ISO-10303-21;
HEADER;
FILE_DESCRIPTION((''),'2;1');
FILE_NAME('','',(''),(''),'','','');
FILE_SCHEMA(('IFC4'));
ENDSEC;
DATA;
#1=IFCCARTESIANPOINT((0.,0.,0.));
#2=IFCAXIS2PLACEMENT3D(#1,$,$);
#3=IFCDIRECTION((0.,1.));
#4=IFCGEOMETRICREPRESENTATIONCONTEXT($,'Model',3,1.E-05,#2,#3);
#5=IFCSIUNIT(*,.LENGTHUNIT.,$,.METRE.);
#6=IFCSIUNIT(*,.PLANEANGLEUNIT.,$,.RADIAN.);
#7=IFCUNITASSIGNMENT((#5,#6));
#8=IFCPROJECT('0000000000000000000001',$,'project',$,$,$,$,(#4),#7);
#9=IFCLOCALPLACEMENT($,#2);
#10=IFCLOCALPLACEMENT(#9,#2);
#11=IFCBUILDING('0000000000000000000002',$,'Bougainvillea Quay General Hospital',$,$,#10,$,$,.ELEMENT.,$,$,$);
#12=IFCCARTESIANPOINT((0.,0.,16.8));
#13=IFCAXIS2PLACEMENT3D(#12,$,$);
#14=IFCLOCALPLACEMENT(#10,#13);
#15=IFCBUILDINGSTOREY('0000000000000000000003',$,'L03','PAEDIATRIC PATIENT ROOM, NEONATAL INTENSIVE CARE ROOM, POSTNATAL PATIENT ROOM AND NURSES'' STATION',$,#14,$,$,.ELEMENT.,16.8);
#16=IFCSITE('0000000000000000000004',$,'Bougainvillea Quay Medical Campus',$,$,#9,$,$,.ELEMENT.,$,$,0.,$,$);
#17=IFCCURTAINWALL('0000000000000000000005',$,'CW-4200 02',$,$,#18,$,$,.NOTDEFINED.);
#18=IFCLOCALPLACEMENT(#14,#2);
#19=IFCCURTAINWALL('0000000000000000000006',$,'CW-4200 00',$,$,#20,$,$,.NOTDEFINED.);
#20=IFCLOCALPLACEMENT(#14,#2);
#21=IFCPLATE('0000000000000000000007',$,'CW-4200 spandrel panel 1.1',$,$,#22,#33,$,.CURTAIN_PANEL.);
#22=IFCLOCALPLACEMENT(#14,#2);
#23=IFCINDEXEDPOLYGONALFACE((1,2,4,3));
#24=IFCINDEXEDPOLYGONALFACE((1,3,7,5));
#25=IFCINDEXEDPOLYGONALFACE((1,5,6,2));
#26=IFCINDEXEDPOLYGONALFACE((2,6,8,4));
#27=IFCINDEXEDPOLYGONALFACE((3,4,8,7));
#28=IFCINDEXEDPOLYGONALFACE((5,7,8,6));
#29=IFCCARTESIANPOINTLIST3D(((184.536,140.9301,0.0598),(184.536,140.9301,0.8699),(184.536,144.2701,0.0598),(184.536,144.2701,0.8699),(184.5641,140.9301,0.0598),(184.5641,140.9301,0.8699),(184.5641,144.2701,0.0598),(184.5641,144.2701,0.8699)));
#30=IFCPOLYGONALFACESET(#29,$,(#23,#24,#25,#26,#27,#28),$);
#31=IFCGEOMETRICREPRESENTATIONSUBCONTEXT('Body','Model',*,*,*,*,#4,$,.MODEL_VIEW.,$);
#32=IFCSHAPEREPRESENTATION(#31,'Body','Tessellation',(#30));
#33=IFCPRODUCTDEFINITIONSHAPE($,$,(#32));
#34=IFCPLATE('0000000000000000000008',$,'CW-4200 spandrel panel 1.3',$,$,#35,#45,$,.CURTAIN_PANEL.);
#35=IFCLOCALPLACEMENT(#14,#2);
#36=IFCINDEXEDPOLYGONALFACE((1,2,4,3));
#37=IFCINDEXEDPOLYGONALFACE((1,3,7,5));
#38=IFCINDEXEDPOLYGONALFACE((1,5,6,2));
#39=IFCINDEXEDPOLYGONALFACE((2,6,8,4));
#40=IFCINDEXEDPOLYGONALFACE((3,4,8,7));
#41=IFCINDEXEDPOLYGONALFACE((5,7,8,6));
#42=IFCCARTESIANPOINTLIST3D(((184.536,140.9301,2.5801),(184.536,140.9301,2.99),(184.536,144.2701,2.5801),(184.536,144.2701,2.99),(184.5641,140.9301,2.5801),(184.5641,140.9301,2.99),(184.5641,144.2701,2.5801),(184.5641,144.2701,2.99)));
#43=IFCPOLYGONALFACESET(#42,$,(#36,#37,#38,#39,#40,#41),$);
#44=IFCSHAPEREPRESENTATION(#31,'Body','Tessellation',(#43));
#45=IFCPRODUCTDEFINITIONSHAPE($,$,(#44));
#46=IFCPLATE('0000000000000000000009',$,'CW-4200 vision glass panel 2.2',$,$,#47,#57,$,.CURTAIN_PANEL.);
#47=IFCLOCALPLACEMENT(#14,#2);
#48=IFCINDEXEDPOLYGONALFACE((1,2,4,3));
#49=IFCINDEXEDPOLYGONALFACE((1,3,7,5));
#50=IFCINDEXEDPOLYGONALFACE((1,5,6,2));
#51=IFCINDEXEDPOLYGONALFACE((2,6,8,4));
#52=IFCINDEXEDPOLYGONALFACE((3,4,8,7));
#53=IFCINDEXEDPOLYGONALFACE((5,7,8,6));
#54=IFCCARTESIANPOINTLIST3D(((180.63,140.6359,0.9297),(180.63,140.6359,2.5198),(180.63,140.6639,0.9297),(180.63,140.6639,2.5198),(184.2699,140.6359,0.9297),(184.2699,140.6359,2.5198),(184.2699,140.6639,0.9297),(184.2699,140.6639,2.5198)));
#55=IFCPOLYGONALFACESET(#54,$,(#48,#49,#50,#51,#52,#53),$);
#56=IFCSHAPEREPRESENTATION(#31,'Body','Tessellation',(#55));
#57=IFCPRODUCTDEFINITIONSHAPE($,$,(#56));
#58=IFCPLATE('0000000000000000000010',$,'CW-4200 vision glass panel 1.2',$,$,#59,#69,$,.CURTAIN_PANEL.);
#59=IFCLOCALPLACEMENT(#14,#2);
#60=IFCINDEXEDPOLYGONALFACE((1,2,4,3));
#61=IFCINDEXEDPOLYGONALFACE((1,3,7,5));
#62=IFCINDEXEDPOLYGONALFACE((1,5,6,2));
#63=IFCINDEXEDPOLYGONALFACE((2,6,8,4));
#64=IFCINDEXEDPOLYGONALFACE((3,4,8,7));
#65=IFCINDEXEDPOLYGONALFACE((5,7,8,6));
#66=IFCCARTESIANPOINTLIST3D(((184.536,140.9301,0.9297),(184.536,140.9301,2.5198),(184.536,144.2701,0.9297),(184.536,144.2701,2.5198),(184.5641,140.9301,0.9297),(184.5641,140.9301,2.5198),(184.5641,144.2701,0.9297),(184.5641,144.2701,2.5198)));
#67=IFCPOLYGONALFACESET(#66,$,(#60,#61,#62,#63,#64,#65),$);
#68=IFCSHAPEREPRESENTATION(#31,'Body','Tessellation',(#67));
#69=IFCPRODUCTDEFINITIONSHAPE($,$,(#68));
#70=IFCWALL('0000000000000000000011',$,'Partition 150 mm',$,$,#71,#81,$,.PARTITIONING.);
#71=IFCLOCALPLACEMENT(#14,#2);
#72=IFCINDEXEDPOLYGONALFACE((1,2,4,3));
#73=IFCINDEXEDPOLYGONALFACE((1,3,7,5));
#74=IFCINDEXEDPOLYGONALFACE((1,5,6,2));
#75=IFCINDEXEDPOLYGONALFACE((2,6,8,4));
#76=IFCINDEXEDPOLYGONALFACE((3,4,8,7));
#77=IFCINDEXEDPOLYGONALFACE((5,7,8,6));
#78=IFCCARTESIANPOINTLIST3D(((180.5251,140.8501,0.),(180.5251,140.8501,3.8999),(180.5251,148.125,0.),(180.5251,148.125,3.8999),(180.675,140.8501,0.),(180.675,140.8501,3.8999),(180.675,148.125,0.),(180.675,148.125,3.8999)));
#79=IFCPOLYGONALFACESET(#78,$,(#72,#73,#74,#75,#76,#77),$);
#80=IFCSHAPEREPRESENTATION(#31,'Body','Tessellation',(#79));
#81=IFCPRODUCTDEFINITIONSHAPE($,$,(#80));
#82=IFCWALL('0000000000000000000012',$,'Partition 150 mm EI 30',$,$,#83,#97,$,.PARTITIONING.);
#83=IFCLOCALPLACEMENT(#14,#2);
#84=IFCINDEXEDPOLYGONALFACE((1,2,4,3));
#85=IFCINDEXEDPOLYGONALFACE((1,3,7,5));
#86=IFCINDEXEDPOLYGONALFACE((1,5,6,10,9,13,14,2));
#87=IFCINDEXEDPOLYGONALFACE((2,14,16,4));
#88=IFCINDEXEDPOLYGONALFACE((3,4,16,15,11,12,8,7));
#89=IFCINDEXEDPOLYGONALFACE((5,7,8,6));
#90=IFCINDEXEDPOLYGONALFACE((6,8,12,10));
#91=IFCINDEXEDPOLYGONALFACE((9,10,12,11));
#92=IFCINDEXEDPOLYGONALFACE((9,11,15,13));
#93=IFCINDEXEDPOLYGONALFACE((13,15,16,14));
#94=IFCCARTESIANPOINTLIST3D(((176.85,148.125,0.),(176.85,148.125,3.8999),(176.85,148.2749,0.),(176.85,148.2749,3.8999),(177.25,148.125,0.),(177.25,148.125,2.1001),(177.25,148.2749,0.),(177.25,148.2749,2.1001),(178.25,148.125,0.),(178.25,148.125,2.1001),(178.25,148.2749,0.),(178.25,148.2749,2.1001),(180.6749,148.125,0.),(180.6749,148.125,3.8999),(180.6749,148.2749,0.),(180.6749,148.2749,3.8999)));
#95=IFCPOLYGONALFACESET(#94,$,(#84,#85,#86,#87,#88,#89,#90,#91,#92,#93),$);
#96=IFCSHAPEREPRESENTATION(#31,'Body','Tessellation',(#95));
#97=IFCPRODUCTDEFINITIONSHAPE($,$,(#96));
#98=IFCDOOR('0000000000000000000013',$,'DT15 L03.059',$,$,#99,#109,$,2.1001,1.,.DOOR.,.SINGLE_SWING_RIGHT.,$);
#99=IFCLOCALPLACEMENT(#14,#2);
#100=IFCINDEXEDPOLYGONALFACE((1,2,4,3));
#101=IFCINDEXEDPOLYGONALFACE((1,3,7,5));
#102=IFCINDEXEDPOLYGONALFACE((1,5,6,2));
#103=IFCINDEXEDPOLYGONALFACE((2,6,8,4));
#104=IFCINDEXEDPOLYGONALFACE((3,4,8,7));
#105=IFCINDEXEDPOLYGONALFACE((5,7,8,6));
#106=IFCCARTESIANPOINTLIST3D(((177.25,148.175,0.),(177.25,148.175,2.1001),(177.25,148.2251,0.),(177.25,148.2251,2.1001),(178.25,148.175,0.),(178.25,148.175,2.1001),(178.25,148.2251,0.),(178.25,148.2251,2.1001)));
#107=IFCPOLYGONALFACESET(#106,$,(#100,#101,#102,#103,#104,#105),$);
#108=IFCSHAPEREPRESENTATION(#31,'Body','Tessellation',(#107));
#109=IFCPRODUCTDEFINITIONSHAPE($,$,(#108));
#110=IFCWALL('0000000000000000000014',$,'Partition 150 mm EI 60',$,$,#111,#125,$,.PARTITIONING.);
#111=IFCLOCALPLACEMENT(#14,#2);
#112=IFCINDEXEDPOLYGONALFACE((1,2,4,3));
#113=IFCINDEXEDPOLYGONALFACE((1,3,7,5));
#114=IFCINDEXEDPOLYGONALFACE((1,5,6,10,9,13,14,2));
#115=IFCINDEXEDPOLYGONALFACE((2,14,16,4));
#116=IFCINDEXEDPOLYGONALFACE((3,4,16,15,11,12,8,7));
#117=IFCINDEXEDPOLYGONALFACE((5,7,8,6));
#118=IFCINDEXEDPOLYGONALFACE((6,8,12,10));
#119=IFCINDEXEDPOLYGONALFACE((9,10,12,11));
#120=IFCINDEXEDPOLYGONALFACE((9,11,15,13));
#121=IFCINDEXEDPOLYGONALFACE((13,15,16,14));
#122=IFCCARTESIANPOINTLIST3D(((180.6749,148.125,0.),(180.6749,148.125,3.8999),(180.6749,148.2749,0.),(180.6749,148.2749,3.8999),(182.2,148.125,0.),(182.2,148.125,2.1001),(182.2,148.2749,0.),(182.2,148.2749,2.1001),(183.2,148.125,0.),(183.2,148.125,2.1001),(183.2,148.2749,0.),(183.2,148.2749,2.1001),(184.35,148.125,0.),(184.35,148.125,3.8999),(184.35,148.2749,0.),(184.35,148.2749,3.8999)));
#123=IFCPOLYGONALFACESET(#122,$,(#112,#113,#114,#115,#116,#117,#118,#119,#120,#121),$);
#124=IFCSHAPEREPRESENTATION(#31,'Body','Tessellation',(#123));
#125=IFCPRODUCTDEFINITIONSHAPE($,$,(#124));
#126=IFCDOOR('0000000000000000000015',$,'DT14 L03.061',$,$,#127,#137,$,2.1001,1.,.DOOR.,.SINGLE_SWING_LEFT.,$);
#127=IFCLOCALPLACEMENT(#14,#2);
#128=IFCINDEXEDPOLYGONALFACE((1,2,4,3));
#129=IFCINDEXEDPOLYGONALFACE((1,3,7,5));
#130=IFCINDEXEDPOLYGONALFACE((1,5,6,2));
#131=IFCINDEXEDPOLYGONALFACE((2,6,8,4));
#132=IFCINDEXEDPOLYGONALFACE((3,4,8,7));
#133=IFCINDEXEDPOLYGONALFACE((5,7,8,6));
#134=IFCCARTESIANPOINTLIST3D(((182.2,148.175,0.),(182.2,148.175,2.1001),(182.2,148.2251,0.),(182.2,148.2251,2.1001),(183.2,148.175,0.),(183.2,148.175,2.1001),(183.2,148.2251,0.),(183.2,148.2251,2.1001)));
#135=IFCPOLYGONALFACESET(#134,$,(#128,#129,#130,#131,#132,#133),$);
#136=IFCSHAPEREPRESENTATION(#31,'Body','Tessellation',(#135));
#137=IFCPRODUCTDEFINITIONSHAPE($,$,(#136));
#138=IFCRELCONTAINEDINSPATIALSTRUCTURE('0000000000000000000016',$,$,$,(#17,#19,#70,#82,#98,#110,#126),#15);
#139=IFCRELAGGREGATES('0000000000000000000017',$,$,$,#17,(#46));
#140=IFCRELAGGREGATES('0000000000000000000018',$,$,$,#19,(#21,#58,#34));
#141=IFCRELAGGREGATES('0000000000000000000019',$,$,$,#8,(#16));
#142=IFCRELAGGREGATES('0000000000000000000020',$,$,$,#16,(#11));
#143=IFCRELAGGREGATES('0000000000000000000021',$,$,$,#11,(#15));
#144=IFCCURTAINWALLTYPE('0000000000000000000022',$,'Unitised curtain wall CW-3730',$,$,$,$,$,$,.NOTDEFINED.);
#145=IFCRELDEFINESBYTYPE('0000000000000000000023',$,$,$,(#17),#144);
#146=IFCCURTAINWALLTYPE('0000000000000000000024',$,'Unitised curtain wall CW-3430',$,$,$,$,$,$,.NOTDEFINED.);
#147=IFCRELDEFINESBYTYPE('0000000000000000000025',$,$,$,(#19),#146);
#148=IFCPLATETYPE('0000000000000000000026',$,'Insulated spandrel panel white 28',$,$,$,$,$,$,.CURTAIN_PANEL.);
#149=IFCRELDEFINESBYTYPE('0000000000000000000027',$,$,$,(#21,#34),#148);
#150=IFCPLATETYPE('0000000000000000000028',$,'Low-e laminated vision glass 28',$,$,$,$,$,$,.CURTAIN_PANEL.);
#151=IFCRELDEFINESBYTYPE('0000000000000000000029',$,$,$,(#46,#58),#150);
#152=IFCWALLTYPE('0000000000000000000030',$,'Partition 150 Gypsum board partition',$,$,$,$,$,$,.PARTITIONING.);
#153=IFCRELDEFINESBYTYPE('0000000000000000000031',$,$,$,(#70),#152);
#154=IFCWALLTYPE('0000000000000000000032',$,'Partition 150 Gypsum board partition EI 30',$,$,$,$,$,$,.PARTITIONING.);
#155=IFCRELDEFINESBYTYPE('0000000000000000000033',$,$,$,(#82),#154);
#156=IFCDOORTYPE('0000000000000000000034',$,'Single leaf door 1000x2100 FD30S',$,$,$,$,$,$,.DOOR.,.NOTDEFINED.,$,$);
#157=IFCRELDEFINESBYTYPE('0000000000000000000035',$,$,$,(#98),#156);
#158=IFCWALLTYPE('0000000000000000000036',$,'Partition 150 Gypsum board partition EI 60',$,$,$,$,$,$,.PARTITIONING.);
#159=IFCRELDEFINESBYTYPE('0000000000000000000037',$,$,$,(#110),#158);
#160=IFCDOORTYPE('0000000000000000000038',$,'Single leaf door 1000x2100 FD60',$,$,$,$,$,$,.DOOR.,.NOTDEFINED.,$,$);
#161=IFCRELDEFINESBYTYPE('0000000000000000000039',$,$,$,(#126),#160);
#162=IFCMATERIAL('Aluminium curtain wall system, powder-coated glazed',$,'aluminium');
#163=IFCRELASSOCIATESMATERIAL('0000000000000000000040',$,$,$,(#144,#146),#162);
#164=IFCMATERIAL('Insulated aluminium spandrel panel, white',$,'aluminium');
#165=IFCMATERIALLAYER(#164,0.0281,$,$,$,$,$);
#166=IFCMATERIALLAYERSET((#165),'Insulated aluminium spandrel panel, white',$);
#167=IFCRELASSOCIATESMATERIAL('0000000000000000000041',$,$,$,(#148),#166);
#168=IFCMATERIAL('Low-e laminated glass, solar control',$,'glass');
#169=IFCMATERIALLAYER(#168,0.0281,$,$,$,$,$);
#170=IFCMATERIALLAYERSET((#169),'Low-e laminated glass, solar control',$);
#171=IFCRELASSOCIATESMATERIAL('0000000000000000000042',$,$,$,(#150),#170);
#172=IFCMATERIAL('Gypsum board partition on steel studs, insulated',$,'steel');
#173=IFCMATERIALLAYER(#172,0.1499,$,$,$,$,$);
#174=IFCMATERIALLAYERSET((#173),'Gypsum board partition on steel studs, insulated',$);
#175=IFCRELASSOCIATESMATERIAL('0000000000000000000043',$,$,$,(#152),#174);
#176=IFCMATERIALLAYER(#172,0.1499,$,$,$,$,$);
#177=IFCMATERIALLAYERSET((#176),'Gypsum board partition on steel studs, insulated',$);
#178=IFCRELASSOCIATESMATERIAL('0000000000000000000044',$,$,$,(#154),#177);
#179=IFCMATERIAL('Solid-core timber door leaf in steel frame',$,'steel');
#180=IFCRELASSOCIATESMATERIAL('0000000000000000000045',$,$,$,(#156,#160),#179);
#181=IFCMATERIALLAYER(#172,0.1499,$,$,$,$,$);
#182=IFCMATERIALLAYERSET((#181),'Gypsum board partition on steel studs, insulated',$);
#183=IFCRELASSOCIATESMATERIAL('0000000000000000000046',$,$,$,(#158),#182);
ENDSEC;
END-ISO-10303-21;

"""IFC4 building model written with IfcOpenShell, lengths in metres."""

from ifc_helpers import new_model, si_unit, direction, frame, frame_2d, origin, origin_2d, place, context, subcontext, project, spatial, rectangle, extrude, material, layer, layer_set, type_object, element, fill, aggregate, save


model = new_model("IFC4")

# Units and contexts
model_context = context("Model", 3, precision=1e-05, world=origin(), true_north=direction((0.0, 1.0)))
body_context = subcontext(model_context, "Body", "Model", "MODEL_VIEW")
ifc_project = project(units=[si_unit("LENGTHUNIT", "METRE"), si_unit("PLANEANGLEUNIT", "RADIAN")], contexts=[model_context])

# Site, building, storey
site_placement = place(None, origin())
site = spatial("IfcSite", under=ifc_project, at=site_placement, Name="Bougainvillea Quay Medical Campus", CompositionType="ELEMENT", RefElevation=0.0)
building_placement = place(site_placement, origin())
building = spatial("IfcBuilding", under=site, at=building_placement, Name="Bougainvillea Quay General Hospital", CompositionType="ELEMENT")
storey_placement = place(building_placement, frame((0.0, 0.0, 16.8)))
storey = spatial("IfcBuildingStorey", under=building, at=storey_placement, Name="L03", Description="PAEDIATRIC PATIENT ROOM, NEONATAL INTENSIVE CARE ROOM, POSTNATAL PATIENT ROOM AND NURSES' STATION", CompositionType="ELEMENT", Elevation=16.8)

# Curtain walls
ifc_material_1 = material(Name="Aluminium curtain wall system, powder-coated glazed", Category="aluminium")
curtain_wall_type_1 = type_object("IfcCurtainWallType", Name="Unitised curtain wall CW-3730", PredefinedType="NOTDEFINED", material=ifc_material_1)
curtain_wall_1_placement = place(storey_placement, origin())
curtain_wall_1 = element("IfcCurtainWall", 1, at=curtain_wall_1_placement, inside=storey, type_object=curtain_wall_type_1, Name="CW-4200 02", PredefinedType="NOTDEFINED")
curtain_wall_type_2 = type_object("IfcCurtainWallType", Name="Unitised curtain wall CW-3430", PredefinedType="NOTDEFINED", material=ifc_material_1)
curtain_wall_2_placement = place(storey_placement, origin())
curtain_wall_2 = element("IfcCurtainWall", 2, at=curtain_wall_2_placement, inside=storey, type_object=curtain_wall_type_2, Name="CW-4200 00", PredefinedType="NOTDEFINED")

# Plates
ifc_material_2 = material(Name="Insulated aluminium spandrel panel, white", Category="aluminium")
ifc_layer_1 = layer(ifc_material_2, 0.0281)
ifc_layer_set_1 = layer_set([ifc_layer_1], Name="Insulated aluminium spandrel panel, white")
plate_type_1 = type_object("IfcPlateType", Name="Insulated spandrel panel white 28", PredefinedType="CURTAIN_PANEL", material=ifc_layer_set_1)
plate_1_placement = place(storey_placement, frame((184.55, 142.6001, 0.0598), z_axis=(0.0, 0.0, 1.0), x_axis=(0.0, 1.0, 0.0)))
plate_1 = element("IfcPlate", 3, at=plate_1_placement, type_object=plate_type_1, Name="CW-4200 spandrel panel 1.1", PredefinedType="CURTAIN_PANEL", context=body_context, shape_type="SweptSolid", body=[
    extrude(rectangle(XDim=3.3401, YDim=0.0281, at=origin_2d()), origin(), (0.0, 0.0, 1.0), 0.8101),
])
plate_2_placement = place(storey_placement, frame((184.55, 142.6001, 2.5801), z_axis=(0.0, 0.0, 1.0), x_axis=(0.0, 1.0, 0.0)))
plate_2 = element("IfcPlate", 4, at=plate_2_placement, type_object=plate_type_1, Name="CW-4200 spandrel panel 1.3", PredefinedType="CURTAIN_PANEL", context=body_context, shape_type="SweptSolid", body=[
    extrude(rectangle(XDim=3.3401, YDim=0.0281, at=origin_2d()), origin(), (0.0, 0.0, 1.0), 0.4099),
])
ifc_material_3 = material(Name="Low-e laminated glass, solar control", Category="glass")
ifc_layer_2 = layer(ifc_material_3, 0.0281)
ifc_layer_set_2 = layer_set([ifc_layer_2], Name="Low-e laminated glass, solar control")
plate_type_2 = type_object("IfcPlateType", Name="Low-e laminated vision glass 28", PredefinedType="CURTAIN_PANEL", material=ifc_layer_set_2)
plate_3_placement = place(storey_placement, frame((182.45, 140.6499, 0.9297), z_axis=(0.0, 0.0, 1.0), x_axis=(1.0, 0.0, 0.0)))
plate_3 = element("IfcPlate", 5, at=plate_3_placement, type_object=plate_type_2, Name="CW-4200 vision glass panel 2.2", PredefinedType="CURTAIN_PANEL", context=body_context, shape_type="SweptSolid", body=[
    extrude(rectangle(XDim=3.6399, YDim=0.0281, at=origin_2d()), origin(), (0.0, 0.0, 1.0), 1.5901),
])
aggregate(curtain_wall_1, [plate_3])
plate_4_placement = place(storey_placement, frame((184.55, 142.6001, 0.9297), z_axis=(0.0, 0.0, 1.0), x_axis=(0.0, 1.0, 0.0)))
plate_4 = element("IfcPlate", 6, at=plate_4_placement, type_object=plate_type_2, Name="CW-4200 vision glass panel 1.2", PredefinedType="CURTAIN_PANEL", context=body_context, shape_type="SweptSolid", body=[
    extrude(rectangle(XDim=3.3401, YDim=0.0281, at=origin_2d()), origin(), (0.0, 0.0, 1.0), 1.5901),
])
aggregate(curtain_wall_2, [plate_1, plate_4, plate_2])

# Wall
ifc_material_4 = material(Name="Gypsum board partition on steel studs, insulated", Category="steel")
ifc_layer_3 = layer(ifc_material_4, 0.1499)
ifc_layer_set_3 = layer_set([ifc_layer_3], Name="Gypsum board partition on steel studs, insulated")
wall_type_1 = type_object("IfcWallType", Name="Partition 150 Gypsum board partition", PredefinedType="PARTITIONING", material=ifc_layer_set_3)
wall_1_placement = place(storey_placement, frame((180.6001, 140.8501, 0.0), z_axis=(0.0, 0.0, 1.0), x_axis=(0.0, 1.0, 0.0)))
element("IfcWall", 7, at=wall_1_placement, inside=storey, type_object=wall_type_1, Name="Partition 150 mm", PredefinedType="PARTITIONING", context=body_context, shape_type="SweptSolid", body=[
    extrude(rectangle(XDim=7.2749, YDim=0.1499, at=frame_2d((3.6375, 0.0))), origin(), (0.0, 0.0, 1.0), 3.8999),
])

# Walls, openings, doors
ifc_layer_4 = layer(ifc_material_4, 0.1499)
ifc_layer_set_4 = layer_set([ifc_layer_4], Name="Gypsum board partition on steel studs, insulated")
wall_type_2 = type_object("IfcWallType", Name="Partition 150 Gypsum board partition EI 30", PredefinedType="PARTITIONING", material=ifc_layer_set_4)
wall_2_placement = place(storey_placement, frame((180.675, 148.2, 0.0), z_axis=(0.0, 0.0, 1.0), x_axis=(-1.0, 0.0, 0.0)))
wall_2 = element("IfcWall", 8, at=wall_2_placement, inside=storey, type_object=wall_type_2, Name="Partition 150 mm EI 30", PredefinedType="PARTITIONING", context=body_context, shape_type="SweptSolid", body=[
    extrude(rectangle(XDim=3.825, YDim=0.1499, at=frame_2d((1.9126, 0.0))), origin(), (0.0, 0.0, 1.0), 3.8999),
])
opening_1_placement = place(wall_2_placement, frame((2.425, 0.0, 0.0)))
opening_1 = element("IfcOpeningElement", 9, at=opening_1_placement, cuts=wall_2, PredefinedType="OPENING", context=body_context, shape_type="SweptSolid", body=[
    extrude(rectangle(XDim=1.0, YDim=2.1001, at=frame_2d((0.5, 1.05))), frame((0.0, 0.085, 0.0), z_axis=(0.0, -1.0, 0.0), x_axis=(1.0, 0.0, 0.0)), (0.0, 0.0, 1.0), 0.1699),
])
ifc_material_5 = material(Name="Solid-core timber door leaf in steel frame", Category="steel")
door_type_1 = type_object("IfcDoorType", Name="Single leaf door 1000x2100 FD30S", OperationType="NOTDEFINED", PredefinedType="DOOR", material=ifc_material_5)
door_1_placement = place(opening_1_placement, origin())
door_1 = element("IfcDoor", 10, at=door_1_placement, inside=storey, type_object=door_type_1, Name="DT15 L03.059", OperationType="SINGLE_SWING_RIGHT", OverallHeight=2.1001, OverallWidth=1.0, PredefinedType="DOOR", context=body_context, shape_type="SweptSolid", body=[
    extrude(rectangle(XDim=1.0, YDim=2.1001, at=frame_2d((0.5, 1.05))), frame((0.0, 0.0249, 0.0), z_axis=(0.0, -1.0, 0.0), x_axis=(1.0, 0.0, 0.0)), (0.0, 0.0, 1.0), 0.05),
])
fill(opening_1, door_1)
ifc_layer_5 = layer(ifc_material_4, 0.1499)
ifc_layer_set_5 = layer_set([ifc_layer_5], Name="Gypsum board partition on steel studs, insulated")
wall_type_3 = type_object("IfcWallType", Name="Partition 150 Gypsum board partition EI 60", PredefinedType="PARTITIONING", material=ifc_layer_set_5)
wall_3_placement = place(storey_placement, frame((180.675, 148.2, 0.0), z_axis=(0.0, 0.0, 1.0), x_axis=(1.0, 0.0, 0.0)))
wall_3 = element("IfcWall", 11, at=wall_3_placement, inside=storey, type_object=wall_type_3, Name="Partition 150 mm EI 60", PredefinedType="PARTITIONING", context=body_context, shape_type="SweptSolid", body=[
    extrude(rectangle(XDim=3.675, YDim=0.1499, at=frame_2d((1.8374, 0.0))), origin(), (0.0, 0.0, 1.0), 3.8999),
])
opening_2_placement = place(wall_3_placement, frame((1.5249, 0.0, 0.0)))
opening_2 = element("IfcOpeningElement", 12, at=opening_2_placement, cuts=wall_3, PredefinedType="OPENING", context=body_context, shape_type="SweptSolid", body=[
    extrude(rectangle(XDim=1.0, YDim=2.1001, at=frame_2d((0.5, 1.05))), frame((0.0, 0.085, 0.0), z_axis=(0.0, -1.0, 0.0), x_axis=(1.0, 0.0, 0.0)), (0.0, 0.0, 1.0), 0.1699),
])
door_type_2 = type_object("IfcDoorType", Name="Single leaf door 1000x2100 FD60", OperationType="NOTDEFINED", PredefinedType="DOOR", material=ifc_material_5)
door_2_placement = place(opening_2_placement, frame((1.0, 0.0, 0.0), z_axis=(0.0, 0.0, 1.0), x_axis=(-1.0, 0.0, 0.0)))
door_2 = element("IfcDoor", 13, at=door_2_placement, inside=storey, type_object=door_type_2, Name="DT14 L03.061", OperationType="SINGLE_SWING_LEFT", OverallHeight=2.1001, OverallWidth=1.0, PredefinedType="DOOR", context=body_context, shape_type="SweptSolid", body=[
    extrude(rectangle(XDim=1.0, YDim=2.1001, at=frame_2d((0.5, 1.05))), frame((0.0, 0.0249, 0.0), z_axis=(0.0, -1.0, 0.0), x_axis=(1.0, 0.0, 0.0)), (0.0, 0.0, 1.0), 0.05),
])
fill(opening_2, door_2)

save(model, "model.ifc")
